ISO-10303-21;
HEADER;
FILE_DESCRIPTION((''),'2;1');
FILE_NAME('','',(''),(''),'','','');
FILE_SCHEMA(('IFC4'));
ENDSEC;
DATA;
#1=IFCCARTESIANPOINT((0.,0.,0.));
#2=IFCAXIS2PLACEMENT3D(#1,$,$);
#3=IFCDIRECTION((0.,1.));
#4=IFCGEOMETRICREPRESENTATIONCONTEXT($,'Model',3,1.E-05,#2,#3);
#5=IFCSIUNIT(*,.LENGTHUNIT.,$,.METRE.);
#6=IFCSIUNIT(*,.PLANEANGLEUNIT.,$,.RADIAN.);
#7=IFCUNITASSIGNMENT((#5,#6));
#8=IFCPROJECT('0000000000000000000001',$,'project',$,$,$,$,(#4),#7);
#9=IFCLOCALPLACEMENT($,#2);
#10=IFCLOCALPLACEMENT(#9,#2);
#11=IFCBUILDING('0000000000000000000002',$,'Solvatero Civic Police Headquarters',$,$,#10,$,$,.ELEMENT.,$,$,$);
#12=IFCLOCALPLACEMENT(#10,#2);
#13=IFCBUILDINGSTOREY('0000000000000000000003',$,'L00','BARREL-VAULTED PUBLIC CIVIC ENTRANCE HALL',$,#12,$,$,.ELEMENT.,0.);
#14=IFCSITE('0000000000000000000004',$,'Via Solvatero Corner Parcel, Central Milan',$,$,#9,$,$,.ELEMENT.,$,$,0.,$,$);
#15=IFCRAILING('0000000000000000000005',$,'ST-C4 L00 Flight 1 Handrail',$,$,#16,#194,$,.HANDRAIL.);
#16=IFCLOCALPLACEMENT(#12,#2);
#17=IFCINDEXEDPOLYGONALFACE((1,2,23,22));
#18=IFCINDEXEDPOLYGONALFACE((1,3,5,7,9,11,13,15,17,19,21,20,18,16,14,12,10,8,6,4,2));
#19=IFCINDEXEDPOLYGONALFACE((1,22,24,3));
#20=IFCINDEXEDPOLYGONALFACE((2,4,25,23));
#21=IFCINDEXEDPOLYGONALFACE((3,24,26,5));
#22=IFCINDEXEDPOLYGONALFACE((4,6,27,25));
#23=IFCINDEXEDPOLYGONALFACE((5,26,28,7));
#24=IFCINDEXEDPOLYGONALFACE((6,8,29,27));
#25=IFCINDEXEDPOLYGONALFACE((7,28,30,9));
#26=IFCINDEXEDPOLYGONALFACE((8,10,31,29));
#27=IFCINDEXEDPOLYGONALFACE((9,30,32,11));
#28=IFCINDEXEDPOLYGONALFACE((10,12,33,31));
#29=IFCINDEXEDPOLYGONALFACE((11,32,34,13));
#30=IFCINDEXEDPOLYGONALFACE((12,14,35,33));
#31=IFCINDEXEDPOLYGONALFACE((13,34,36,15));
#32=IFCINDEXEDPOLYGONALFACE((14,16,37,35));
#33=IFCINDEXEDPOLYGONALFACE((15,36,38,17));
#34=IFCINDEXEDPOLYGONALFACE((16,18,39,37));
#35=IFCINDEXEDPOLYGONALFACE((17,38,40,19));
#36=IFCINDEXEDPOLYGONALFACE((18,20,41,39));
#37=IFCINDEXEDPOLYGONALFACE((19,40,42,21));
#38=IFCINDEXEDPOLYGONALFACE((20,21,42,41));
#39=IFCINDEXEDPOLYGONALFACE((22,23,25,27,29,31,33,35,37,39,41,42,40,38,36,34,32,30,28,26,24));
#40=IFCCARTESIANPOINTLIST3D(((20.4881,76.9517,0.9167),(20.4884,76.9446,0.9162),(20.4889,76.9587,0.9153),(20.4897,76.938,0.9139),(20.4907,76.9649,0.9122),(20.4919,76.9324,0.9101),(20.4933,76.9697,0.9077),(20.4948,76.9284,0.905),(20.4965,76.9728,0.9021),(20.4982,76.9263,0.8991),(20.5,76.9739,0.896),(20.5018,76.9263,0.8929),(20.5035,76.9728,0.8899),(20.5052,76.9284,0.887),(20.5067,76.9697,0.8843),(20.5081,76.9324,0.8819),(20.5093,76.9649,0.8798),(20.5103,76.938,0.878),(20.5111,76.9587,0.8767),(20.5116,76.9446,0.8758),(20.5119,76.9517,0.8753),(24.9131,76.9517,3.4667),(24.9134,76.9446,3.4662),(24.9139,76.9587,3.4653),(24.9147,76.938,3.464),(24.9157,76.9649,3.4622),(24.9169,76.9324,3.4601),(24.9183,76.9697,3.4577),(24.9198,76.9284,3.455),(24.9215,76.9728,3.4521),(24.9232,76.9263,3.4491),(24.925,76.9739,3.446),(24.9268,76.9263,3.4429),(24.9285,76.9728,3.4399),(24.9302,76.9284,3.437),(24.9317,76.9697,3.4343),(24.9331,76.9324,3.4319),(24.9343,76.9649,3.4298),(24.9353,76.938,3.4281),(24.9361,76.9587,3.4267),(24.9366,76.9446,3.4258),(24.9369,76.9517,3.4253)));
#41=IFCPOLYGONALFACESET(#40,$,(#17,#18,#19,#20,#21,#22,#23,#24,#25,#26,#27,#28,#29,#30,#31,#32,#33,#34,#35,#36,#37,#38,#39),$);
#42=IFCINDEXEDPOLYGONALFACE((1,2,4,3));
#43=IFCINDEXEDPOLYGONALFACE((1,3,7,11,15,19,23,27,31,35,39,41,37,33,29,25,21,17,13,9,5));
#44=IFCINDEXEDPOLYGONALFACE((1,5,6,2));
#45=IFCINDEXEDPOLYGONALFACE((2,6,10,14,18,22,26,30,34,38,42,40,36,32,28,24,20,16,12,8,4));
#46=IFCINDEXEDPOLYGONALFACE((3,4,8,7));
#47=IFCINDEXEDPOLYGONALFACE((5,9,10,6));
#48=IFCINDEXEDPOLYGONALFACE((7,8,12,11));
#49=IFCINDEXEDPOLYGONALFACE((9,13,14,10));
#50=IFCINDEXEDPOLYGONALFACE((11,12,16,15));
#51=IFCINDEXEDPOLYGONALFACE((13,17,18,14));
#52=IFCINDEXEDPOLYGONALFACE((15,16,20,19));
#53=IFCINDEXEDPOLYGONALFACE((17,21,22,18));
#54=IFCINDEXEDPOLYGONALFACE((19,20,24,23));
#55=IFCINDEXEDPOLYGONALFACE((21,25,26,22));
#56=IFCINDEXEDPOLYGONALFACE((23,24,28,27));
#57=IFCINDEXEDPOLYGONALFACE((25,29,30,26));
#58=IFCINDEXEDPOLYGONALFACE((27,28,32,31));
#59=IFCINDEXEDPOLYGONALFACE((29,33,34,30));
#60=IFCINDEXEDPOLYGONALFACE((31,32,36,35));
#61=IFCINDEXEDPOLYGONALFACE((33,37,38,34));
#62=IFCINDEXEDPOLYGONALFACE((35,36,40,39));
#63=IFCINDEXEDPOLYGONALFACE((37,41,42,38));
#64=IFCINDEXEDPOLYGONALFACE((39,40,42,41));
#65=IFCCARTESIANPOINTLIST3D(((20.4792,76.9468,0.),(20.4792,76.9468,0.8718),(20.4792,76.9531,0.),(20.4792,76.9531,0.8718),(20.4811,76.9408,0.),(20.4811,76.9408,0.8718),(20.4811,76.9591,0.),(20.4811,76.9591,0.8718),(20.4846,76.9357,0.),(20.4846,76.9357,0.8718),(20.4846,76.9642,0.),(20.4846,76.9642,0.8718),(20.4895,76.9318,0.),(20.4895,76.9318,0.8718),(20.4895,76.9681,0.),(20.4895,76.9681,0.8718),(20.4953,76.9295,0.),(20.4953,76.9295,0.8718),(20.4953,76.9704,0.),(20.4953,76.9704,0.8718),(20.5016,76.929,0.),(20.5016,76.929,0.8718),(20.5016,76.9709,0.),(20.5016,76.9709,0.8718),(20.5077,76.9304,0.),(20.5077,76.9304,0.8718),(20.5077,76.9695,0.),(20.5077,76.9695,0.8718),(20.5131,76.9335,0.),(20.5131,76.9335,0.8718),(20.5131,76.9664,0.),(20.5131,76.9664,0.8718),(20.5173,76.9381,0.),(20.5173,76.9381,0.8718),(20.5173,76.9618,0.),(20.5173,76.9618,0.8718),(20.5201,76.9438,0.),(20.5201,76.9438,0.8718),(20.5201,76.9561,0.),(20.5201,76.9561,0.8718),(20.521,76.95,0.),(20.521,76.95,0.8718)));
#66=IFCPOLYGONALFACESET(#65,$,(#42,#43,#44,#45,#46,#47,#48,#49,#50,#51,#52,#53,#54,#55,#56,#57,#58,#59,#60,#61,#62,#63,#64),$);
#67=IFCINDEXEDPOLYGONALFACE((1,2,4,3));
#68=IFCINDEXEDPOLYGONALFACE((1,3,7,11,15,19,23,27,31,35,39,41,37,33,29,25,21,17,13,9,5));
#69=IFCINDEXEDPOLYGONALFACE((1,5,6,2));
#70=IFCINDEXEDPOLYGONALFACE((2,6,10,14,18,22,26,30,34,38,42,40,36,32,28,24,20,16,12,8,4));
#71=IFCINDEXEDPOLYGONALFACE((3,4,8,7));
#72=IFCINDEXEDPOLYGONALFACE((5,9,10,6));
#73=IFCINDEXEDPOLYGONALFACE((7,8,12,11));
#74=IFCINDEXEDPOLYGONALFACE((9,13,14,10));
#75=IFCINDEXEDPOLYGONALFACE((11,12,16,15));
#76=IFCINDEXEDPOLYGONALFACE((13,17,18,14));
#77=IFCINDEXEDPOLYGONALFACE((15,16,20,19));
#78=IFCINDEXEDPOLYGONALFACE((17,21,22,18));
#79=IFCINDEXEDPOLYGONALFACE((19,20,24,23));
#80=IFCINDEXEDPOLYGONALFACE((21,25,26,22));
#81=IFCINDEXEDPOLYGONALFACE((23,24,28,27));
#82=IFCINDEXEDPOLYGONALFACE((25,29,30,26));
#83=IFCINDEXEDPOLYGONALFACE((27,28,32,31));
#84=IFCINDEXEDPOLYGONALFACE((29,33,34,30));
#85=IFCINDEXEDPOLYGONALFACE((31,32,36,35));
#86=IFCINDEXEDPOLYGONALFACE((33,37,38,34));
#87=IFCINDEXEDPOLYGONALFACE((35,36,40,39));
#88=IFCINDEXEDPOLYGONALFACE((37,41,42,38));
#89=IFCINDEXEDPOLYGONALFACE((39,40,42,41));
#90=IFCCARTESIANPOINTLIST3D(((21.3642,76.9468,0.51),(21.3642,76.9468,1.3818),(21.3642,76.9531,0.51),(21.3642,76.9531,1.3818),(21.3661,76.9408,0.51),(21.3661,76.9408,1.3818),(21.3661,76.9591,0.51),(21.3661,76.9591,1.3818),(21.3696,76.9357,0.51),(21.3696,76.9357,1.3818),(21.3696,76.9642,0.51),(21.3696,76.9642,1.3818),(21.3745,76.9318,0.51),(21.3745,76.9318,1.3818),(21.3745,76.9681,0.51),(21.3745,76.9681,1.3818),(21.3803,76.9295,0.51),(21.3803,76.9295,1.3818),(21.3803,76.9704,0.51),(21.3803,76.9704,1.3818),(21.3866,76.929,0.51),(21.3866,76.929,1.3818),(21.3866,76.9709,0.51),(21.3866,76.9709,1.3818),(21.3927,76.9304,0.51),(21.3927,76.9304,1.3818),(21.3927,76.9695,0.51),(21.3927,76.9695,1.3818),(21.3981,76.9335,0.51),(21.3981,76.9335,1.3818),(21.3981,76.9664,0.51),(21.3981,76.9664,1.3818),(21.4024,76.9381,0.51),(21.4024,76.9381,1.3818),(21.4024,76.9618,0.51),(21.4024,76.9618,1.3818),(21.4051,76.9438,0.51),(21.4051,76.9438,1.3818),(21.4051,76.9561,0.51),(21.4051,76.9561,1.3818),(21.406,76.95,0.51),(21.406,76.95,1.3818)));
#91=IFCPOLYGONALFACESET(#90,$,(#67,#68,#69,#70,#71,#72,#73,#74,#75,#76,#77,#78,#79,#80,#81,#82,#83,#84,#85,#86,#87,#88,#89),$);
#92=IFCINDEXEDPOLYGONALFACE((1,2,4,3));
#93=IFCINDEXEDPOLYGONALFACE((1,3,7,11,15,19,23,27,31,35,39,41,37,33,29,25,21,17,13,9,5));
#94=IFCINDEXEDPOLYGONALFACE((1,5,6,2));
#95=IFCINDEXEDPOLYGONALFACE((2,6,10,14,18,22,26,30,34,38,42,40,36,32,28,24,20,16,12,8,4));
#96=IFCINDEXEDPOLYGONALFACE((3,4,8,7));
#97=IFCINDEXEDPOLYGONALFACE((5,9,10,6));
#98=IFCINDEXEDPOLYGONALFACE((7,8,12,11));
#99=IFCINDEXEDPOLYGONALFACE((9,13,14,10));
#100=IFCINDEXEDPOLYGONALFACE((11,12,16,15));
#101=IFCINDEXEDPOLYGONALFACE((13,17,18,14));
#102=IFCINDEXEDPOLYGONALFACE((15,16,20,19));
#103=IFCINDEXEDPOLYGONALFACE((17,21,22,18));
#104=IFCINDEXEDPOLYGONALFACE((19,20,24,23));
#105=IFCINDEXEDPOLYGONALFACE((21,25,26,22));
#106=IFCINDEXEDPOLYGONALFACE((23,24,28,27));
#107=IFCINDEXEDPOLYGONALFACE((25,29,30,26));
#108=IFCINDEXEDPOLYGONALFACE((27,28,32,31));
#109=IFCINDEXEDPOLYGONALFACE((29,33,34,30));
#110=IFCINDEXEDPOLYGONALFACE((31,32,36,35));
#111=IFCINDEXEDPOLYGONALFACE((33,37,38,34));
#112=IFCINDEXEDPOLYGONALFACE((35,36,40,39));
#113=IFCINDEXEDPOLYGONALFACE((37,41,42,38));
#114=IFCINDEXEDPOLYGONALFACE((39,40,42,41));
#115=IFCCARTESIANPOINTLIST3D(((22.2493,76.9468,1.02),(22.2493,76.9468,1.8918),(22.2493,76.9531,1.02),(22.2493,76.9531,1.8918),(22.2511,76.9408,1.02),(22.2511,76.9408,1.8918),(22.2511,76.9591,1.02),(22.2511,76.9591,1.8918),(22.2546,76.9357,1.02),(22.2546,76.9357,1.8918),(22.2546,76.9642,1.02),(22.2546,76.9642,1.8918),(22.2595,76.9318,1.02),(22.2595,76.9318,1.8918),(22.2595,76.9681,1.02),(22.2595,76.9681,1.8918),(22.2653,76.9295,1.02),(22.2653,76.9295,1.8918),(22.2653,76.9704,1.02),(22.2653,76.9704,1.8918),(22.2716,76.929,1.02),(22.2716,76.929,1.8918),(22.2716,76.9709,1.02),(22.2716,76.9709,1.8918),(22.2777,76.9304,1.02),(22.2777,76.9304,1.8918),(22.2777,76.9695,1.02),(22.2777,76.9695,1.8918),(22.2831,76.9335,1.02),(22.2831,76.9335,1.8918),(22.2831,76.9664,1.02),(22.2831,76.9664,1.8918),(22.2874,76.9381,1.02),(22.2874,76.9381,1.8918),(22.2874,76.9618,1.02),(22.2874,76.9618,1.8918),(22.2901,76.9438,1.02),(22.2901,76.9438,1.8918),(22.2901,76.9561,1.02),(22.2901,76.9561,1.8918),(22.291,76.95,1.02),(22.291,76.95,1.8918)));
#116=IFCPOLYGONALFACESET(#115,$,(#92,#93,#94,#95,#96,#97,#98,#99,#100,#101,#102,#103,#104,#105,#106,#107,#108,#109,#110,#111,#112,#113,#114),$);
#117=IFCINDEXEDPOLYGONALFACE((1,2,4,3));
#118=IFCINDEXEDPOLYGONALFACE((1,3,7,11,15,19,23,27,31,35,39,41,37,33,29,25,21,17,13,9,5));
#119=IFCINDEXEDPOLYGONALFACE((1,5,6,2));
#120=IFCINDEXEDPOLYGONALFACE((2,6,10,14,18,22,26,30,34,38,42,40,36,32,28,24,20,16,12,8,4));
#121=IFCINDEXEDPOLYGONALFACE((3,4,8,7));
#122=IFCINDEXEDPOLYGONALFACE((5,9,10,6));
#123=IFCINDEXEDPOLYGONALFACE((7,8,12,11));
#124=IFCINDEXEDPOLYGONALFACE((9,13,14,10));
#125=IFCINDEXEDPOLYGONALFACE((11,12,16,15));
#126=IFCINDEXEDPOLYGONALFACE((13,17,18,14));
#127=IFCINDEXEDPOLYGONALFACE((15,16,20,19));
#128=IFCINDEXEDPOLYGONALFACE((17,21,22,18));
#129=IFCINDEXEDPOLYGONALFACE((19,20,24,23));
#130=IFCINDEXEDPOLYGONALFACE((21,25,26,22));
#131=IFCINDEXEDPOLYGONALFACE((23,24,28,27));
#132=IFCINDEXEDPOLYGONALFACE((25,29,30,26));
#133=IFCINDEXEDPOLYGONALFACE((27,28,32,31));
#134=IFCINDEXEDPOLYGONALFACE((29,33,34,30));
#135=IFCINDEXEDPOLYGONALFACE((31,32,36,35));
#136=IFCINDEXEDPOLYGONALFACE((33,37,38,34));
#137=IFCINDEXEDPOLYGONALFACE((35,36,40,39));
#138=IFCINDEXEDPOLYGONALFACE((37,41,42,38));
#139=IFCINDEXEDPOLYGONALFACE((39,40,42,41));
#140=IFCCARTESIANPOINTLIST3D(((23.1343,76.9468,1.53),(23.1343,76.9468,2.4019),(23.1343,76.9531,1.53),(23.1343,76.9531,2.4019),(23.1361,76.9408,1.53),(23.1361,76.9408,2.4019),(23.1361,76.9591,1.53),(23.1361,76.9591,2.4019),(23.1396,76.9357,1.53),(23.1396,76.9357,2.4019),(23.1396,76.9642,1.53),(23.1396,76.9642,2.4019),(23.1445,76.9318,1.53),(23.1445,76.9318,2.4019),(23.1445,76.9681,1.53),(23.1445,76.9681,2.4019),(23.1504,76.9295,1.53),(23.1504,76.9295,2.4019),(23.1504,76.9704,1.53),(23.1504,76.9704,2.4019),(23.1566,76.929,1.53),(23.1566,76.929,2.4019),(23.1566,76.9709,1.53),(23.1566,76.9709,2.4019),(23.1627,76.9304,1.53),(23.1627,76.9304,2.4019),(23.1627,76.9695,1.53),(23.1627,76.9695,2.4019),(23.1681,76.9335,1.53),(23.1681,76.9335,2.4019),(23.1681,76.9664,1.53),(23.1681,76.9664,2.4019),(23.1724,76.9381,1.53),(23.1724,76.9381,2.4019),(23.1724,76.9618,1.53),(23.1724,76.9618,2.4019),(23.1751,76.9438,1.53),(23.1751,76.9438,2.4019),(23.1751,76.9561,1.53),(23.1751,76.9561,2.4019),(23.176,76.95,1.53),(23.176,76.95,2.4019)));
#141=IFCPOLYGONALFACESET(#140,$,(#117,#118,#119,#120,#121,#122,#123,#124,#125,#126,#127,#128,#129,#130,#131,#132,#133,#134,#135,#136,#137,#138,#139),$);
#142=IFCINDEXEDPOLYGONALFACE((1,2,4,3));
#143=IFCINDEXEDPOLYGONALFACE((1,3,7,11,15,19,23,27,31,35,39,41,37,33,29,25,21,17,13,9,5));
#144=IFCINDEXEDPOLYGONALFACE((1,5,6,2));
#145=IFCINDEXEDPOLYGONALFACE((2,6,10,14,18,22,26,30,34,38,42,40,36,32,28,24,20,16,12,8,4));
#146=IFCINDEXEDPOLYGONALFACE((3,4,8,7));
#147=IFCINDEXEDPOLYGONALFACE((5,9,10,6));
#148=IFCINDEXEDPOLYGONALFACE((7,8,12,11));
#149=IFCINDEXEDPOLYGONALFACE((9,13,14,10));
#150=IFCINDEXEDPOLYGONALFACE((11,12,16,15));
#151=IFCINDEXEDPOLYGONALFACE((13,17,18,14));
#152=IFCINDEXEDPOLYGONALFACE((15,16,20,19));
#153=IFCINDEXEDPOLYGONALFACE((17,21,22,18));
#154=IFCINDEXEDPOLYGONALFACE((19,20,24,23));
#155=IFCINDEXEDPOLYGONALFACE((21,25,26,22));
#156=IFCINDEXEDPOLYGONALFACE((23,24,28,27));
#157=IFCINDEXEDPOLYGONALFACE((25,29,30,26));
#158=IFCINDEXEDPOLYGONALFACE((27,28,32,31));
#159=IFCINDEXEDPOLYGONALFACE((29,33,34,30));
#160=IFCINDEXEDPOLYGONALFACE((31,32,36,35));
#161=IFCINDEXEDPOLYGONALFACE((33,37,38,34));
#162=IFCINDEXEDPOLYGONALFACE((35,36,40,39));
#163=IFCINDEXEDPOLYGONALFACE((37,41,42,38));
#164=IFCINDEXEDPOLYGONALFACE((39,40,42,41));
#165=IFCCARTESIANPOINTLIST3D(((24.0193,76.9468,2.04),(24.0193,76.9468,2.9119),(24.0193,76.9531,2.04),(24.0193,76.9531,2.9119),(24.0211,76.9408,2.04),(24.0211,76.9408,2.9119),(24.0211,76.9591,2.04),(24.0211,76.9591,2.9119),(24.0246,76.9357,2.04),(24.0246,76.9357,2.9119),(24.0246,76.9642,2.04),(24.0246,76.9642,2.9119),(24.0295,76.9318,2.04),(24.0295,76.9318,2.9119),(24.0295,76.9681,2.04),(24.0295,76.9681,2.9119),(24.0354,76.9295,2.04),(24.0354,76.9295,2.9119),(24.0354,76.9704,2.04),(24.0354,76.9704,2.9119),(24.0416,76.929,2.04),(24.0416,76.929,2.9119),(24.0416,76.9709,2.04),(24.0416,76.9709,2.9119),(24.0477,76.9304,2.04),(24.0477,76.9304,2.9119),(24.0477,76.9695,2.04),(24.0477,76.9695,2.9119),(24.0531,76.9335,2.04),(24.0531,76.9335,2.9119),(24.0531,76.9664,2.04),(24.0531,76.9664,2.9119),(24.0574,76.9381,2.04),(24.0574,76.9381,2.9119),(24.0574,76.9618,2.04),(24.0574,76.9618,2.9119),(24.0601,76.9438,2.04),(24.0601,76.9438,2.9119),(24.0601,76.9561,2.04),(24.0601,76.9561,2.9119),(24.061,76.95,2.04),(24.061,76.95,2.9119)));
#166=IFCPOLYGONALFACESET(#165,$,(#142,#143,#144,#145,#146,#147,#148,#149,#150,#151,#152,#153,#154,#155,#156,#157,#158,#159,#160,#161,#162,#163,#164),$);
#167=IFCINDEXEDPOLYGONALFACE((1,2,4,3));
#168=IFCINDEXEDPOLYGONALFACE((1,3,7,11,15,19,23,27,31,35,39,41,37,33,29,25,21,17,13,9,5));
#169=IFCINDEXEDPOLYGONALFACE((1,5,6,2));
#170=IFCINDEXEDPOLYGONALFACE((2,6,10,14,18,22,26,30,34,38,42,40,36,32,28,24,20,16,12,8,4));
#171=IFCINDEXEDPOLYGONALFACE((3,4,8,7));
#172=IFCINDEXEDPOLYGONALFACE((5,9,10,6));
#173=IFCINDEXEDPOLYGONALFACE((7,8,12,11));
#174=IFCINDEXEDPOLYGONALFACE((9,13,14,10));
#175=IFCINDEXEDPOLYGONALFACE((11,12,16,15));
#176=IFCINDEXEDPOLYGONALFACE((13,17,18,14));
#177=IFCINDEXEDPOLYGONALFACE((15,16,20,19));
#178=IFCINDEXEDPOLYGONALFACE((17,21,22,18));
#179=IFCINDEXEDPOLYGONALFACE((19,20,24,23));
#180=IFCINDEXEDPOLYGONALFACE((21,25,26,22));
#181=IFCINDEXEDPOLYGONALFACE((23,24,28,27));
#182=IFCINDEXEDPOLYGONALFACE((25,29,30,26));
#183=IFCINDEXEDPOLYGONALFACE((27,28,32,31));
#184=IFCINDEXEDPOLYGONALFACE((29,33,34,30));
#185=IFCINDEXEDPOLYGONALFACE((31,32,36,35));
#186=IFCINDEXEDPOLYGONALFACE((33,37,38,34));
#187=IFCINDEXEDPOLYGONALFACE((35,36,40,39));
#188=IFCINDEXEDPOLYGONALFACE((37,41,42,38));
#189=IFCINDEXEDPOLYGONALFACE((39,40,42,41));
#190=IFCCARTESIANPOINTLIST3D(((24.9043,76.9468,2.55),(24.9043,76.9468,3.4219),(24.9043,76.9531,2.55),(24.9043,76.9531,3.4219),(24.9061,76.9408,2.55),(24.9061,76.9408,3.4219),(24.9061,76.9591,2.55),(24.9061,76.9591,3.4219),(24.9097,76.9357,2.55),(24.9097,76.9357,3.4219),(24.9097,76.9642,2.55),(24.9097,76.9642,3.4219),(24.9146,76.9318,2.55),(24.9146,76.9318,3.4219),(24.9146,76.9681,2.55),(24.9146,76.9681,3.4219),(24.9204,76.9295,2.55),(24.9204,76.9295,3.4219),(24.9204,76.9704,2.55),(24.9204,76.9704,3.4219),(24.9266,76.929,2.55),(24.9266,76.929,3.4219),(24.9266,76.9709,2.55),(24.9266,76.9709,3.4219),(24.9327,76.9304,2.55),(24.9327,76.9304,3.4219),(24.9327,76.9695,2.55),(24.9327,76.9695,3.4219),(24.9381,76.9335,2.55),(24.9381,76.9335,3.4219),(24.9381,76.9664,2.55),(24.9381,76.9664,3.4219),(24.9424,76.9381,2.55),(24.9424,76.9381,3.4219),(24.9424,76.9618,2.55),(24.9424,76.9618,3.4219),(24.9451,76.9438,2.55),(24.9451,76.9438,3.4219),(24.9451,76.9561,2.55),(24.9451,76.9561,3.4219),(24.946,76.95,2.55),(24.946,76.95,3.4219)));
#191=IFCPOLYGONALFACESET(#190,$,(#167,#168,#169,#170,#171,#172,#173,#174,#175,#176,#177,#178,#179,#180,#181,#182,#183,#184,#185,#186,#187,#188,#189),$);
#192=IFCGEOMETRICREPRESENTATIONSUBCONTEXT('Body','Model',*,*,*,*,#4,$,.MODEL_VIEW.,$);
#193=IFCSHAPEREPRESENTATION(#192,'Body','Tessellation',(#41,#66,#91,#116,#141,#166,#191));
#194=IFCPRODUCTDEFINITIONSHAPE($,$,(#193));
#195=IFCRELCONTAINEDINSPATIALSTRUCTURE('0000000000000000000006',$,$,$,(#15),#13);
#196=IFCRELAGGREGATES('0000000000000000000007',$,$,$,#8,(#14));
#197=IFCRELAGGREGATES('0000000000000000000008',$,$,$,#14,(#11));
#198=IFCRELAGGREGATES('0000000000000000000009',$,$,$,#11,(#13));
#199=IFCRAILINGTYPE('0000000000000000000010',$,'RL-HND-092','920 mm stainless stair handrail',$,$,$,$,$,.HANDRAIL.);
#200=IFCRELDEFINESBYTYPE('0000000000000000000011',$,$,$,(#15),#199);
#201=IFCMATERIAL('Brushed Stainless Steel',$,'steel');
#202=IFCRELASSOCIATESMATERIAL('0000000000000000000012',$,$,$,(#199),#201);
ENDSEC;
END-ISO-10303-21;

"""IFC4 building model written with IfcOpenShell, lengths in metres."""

from ifc_helpers import new_model, si_unit, direction, frame, origin, origin_2d, place, context, subcontext, project, spatial, circle, extrude, material, type_object, element, save


model = new_model("IFC4")

# Units and contexts
model_context = context("Model", 3, precision=1e-05, world=origin(), true_north=direction((0.0, 1.0)))
body_context = subcontext(model_context, "Body", "Model", "MODEL_VIEW")
ifc_project = project(units=[si_unit("LENGTHUNIT", "METRE"), si_unit("PLANEANGLEUNIT", "RADIAN")], contexts=[model_context])

# Site, building, storey
site_placement = place(None, origin())
site = spatial("IfcSite", under=ifc_project, at=site_placement, Name="Via Solvatero Corner Parcel, Central Milan", CompositionType="ELEMENT", RefElevation=0.0)
building_placement = place(site_placement, origin())
building = spatial("IfcBuilding", under=site, at=building_placement, Name="Solvatero Civic Police Headquarters", CompositionType="ELEMENT")
storey_placement = place(building_placement, origin())
storey = spatial("IfcBuildingStorey", under=building, at=storey_placement, Name="L00", Description="BARREL-VAULTED PUBLIC CIVIC ENTRANCE HALL", CompositionType="ELEMENT", Elevation=0.0)

# Railing
ifc_material_1 = material(Name="Brushed Stainless Steel", Category="steel")
railing_type = type_object("IfcRailingType", Name="RL-HND-092", Description="920 mm stainless stair handrail", PredefinedType="HANDRAIL", material=ifc_material_1)
railing_placement = place(storey_placement, frame((20.5, 76.95, 0.0)))
element("IfcRailing", 1, at=railing_placement, inside=storey, type_object=railing_type, Name="ST-C4 L00 Flight 1 Handrail", PredefinedType="HANDRAIL", context=body_context, shape_type="SweptSolid", body=[
    extrude(circle(Radius=0.0239, at=origin_2d()), frame((0.0, 0.0, 0.896), z_axis=(0.866428, 0.0, 0.499302), x_axis=(0.0, 1.0, 0.0)), (0.0, 0.0, 1.0), 5.1072),
    extrude(circle(Radius=0.021, at=origin_2d()), origin(), (0.0, 0.0, 1.0), 0.8718),
    extrude(circle(Radius=0.021, at=origin_2d()), frame((0.885, 0.0, 0.51)), (0.0, 0.0, 1.0), 0.8718),
    extrude(circle(Radius=0.021, at=origin_2d()), frame((1.77, 0.0, 1.02)), (0.0, 0.0, 1.0), 0.8718),
    extrude(circle(Radius=0.021, at=origin_2d()), frame((2.655, 0.0, 1.53)), (0.0, 0.0, 1.0), 0.8718),
    extrude(circle(Radius=0.021, at=origin_2d()), frame((3.54, 0.0, 2.04)), (0.0, 0.0, 1.0), 0.8718),
    extrude(circle(Radius=0.021, at=origin_2d()), frame((4.425, 0.0, 2.55)), (0.0, 0.0, 1.0), 0.8718),
])

save(model, "model.ifc")
